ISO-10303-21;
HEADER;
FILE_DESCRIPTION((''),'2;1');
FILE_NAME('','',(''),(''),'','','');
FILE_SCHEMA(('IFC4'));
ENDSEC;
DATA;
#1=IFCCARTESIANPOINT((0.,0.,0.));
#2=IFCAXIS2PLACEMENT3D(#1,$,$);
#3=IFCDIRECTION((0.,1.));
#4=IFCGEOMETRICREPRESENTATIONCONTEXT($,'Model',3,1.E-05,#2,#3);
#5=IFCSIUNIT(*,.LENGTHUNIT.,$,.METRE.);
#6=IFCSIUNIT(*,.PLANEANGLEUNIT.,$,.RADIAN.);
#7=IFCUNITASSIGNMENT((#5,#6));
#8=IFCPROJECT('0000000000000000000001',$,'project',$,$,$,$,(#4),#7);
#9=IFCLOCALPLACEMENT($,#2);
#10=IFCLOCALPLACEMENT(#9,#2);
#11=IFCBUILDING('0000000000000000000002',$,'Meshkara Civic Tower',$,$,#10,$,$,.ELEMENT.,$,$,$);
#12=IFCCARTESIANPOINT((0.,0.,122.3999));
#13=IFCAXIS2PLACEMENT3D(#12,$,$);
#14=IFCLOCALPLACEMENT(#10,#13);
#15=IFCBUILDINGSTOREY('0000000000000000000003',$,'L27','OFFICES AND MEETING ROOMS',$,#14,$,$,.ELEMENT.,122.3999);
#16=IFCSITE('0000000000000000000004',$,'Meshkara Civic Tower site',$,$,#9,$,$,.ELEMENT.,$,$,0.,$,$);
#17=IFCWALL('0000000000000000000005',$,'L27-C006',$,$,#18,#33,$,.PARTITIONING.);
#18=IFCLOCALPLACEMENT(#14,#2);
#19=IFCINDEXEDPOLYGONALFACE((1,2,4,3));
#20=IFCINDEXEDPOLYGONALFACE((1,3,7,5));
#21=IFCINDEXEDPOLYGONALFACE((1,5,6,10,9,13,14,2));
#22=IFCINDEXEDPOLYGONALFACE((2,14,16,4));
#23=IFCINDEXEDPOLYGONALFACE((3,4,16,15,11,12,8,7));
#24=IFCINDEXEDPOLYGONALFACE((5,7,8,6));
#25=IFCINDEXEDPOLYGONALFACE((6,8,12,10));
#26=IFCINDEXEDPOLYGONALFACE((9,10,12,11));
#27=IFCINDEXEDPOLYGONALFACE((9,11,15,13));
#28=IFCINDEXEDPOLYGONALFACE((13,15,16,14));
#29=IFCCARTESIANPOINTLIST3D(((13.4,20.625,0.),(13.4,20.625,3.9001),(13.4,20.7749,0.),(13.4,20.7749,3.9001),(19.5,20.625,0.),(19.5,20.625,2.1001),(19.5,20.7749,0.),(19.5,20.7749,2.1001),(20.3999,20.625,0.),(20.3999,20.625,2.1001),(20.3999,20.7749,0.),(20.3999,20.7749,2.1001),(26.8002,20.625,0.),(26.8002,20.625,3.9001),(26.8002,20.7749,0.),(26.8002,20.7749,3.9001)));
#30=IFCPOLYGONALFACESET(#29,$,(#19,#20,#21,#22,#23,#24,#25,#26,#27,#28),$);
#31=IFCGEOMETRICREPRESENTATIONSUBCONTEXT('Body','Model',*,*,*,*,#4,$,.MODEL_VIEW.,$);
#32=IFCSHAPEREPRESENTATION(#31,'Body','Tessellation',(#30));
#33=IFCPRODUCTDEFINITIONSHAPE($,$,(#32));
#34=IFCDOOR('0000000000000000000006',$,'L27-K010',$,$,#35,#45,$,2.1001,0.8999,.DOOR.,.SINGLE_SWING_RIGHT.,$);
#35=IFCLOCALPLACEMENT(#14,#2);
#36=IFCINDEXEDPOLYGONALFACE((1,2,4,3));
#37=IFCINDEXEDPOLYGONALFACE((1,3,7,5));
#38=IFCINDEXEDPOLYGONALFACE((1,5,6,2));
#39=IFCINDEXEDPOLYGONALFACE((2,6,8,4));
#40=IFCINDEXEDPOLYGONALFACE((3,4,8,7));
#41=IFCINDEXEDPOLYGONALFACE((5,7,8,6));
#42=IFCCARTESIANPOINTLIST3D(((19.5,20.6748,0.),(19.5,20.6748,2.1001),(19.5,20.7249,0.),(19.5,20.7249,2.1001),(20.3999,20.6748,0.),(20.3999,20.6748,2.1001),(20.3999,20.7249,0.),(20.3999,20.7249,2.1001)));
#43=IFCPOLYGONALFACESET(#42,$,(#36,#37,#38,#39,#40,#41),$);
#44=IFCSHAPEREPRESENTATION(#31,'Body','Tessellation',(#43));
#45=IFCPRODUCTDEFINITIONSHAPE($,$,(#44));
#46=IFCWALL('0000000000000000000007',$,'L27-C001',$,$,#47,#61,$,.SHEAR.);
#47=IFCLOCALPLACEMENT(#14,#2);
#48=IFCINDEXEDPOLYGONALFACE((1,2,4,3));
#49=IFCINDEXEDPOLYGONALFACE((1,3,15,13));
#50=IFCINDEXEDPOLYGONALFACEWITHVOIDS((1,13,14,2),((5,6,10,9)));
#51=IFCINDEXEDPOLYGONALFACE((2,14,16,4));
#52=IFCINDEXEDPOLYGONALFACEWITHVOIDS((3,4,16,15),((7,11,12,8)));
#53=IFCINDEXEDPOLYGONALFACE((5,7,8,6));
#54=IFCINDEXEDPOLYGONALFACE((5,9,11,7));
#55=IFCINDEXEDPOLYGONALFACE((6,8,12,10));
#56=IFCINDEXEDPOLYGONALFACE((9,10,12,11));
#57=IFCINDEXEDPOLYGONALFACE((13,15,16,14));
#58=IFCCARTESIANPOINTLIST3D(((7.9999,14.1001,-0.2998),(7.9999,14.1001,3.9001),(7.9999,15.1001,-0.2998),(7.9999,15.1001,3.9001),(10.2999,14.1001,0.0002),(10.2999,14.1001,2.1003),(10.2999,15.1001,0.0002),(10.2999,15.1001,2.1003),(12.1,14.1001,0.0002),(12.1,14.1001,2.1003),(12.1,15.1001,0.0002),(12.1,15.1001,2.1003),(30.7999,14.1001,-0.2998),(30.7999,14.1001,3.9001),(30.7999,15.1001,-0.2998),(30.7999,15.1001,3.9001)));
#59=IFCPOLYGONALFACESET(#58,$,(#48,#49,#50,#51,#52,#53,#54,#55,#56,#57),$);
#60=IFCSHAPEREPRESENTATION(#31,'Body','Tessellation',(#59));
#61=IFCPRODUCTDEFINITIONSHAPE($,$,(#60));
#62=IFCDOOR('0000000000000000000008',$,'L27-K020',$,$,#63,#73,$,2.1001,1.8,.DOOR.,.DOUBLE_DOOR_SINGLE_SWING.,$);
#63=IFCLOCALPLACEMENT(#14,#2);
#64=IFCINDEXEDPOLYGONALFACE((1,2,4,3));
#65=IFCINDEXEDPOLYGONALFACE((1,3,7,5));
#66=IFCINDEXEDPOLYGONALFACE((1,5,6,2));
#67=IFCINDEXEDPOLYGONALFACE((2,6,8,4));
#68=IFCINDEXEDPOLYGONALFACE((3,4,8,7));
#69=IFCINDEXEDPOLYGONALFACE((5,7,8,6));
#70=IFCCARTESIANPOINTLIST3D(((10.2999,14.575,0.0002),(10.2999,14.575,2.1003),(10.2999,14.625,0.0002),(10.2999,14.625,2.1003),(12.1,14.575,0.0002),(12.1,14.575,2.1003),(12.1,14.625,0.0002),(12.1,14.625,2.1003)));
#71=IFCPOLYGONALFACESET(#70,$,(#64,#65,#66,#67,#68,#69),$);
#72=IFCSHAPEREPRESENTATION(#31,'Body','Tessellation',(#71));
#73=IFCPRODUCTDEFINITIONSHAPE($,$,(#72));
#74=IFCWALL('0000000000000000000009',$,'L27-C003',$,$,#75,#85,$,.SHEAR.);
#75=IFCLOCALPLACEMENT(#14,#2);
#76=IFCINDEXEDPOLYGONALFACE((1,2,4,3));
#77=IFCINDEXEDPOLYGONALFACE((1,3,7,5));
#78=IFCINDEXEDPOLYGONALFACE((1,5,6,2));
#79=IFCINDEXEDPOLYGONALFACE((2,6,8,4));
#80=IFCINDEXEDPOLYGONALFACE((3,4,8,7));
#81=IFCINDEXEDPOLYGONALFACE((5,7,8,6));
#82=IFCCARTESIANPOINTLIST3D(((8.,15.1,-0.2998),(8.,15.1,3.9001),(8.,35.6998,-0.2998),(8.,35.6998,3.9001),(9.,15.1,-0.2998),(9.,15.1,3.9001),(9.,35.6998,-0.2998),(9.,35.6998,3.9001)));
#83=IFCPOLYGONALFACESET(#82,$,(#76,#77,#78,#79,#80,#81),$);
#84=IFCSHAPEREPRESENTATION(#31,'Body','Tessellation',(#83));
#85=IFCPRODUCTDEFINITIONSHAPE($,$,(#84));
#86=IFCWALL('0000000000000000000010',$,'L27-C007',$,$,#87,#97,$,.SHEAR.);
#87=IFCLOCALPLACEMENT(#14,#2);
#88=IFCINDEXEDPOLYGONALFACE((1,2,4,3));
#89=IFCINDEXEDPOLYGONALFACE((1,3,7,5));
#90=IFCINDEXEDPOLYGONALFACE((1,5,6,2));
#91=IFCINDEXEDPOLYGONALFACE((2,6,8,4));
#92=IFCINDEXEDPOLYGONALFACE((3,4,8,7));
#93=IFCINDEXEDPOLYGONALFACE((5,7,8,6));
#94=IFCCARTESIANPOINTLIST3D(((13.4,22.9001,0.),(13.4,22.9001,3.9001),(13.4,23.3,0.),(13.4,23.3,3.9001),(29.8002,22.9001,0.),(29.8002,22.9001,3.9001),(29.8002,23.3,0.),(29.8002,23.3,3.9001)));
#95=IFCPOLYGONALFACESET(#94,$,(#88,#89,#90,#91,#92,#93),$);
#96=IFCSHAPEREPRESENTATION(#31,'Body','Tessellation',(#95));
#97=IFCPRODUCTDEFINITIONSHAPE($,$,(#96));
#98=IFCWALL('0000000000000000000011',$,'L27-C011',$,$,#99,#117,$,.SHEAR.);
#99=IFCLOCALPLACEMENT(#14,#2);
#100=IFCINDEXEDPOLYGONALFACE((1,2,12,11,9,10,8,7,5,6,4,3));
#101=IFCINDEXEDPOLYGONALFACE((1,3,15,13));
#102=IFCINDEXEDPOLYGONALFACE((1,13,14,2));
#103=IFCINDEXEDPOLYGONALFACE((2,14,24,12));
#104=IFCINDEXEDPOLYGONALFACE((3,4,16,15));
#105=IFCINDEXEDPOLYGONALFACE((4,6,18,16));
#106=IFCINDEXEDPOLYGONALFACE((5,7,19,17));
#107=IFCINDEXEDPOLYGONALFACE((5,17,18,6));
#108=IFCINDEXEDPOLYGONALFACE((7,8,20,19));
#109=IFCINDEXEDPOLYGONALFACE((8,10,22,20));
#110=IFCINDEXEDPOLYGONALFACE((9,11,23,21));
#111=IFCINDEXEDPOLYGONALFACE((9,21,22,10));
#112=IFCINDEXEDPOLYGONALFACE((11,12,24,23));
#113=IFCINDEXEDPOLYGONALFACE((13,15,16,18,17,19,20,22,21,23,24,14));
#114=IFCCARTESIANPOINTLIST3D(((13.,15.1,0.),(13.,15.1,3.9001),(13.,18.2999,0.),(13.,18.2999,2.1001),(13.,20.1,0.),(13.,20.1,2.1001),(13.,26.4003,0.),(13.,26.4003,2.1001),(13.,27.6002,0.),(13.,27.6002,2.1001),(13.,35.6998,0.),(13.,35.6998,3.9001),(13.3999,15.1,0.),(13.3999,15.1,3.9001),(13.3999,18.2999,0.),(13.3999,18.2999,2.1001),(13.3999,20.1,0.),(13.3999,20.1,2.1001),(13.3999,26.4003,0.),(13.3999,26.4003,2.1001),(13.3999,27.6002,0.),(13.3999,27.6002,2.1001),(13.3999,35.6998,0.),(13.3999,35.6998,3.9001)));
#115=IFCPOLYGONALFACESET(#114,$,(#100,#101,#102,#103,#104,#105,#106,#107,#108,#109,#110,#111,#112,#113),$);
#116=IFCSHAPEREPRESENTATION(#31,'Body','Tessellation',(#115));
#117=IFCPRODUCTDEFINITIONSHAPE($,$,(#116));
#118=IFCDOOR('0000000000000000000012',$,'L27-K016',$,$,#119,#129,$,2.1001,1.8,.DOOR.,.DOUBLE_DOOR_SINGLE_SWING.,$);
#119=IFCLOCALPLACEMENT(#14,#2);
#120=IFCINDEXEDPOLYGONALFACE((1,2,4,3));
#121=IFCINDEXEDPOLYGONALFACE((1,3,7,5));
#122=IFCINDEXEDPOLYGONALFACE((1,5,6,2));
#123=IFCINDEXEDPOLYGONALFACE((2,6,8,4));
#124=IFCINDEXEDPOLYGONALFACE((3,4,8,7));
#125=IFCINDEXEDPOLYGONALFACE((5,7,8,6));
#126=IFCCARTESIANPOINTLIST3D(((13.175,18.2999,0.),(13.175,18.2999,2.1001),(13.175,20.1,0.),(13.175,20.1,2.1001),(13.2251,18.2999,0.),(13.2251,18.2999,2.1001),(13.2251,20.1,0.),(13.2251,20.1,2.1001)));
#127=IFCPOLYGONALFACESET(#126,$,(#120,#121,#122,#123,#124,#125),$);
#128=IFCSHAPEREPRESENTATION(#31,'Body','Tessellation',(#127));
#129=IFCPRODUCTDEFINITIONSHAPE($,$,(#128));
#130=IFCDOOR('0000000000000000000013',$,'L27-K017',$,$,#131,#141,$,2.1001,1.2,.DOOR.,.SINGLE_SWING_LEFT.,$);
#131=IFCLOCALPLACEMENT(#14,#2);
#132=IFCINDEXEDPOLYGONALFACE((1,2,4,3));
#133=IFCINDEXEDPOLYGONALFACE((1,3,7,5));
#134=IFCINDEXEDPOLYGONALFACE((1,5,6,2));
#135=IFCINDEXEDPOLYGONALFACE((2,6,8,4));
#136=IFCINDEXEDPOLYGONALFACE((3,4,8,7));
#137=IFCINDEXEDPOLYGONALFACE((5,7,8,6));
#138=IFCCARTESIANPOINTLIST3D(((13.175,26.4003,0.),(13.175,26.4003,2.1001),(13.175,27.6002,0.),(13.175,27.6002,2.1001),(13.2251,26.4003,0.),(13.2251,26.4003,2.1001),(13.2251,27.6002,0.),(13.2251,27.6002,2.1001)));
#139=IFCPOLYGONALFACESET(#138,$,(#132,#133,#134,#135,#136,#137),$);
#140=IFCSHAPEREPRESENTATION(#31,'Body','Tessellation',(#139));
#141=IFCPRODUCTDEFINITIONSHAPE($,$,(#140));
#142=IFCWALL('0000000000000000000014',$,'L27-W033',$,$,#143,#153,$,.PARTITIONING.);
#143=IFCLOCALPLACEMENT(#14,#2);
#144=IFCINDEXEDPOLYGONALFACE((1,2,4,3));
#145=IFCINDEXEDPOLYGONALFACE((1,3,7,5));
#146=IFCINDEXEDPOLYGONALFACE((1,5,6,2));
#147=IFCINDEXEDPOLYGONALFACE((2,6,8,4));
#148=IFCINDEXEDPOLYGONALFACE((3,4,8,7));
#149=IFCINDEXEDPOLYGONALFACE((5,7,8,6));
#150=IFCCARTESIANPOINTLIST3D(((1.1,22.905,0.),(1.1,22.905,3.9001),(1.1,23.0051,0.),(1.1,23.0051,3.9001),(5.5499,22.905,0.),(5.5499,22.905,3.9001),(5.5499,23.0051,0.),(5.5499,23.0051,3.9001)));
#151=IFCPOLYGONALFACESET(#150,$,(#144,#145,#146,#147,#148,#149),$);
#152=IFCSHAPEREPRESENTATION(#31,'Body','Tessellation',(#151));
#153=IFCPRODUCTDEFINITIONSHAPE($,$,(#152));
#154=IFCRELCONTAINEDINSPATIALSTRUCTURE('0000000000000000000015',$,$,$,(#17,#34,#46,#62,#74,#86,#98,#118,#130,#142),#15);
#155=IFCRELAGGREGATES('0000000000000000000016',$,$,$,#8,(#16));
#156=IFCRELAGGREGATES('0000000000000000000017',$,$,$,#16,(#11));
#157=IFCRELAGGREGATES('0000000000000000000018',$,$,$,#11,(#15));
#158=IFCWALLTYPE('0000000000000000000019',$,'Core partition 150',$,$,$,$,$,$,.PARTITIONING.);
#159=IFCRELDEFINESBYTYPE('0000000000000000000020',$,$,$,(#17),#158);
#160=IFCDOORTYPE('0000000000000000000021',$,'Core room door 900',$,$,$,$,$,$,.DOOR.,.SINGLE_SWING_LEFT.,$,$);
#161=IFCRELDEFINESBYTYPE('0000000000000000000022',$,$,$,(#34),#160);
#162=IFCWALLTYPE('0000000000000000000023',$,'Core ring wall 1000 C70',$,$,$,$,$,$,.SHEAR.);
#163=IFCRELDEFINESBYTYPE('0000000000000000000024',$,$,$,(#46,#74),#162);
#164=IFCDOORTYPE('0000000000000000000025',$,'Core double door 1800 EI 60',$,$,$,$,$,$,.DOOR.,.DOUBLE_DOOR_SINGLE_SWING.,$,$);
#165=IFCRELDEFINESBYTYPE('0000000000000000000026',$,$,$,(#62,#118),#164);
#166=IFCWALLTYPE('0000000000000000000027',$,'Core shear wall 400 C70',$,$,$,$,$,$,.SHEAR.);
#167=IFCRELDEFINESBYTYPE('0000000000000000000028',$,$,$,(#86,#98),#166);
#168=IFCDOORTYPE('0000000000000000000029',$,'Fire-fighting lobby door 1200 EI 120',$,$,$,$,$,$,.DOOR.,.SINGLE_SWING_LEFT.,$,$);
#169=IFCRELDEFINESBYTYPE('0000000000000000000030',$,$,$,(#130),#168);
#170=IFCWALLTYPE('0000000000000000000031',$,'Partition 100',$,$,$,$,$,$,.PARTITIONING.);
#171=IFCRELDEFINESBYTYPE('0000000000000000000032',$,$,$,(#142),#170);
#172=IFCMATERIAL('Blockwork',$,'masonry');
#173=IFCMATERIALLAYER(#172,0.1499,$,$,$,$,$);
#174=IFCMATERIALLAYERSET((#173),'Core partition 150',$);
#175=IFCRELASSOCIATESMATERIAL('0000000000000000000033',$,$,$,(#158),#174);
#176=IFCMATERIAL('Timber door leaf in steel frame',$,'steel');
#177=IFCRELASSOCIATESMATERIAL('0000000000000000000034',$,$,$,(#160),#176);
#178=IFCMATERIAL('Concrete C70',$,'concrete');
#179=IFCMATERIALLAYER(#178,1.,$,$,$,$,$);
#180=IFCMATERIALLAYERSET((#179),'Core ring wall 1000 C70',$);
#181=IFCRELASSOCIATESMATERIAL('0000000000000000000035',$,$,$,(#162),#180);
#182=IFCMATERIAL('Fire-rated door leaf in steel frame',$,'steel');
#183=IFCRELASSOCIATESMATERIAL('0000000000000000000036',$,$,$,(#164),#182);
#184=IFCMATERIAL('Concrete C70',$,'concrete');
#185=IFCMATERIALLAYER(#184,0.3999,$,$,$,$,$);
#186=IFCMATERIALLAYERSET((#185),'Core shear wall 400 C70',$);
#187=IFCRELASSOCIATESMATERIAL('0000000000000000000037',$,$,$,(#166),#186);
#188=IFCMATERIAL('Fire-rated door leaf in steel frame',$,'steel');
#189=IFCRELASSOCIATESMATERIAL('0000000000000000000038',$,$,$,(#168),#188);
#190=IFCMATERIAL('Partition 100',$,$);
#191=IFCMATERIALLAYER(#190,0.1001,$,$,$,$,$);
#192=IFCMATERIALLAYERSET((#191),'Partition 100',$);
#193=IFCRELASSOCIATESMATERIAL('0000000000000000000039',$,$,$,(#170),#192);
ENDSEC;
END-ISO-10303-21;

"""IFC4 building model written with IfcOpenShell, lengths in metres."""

from ifc_helpers import new_model, si_unit, direction, frame, frame_2d, origin, place, context, subcontext, project, spatial, rectangle, extrude, material, layer, layer_set, type_object, element, fill, save


model = new_model("IFC4")

# Units and contexts
model_context = context("Model", 3, precision=1e-05, world=origin(), true_north=direction((0.0, 1.0)))
body_context = subcontext(model_context, "Body", "Model", "MODEL_VIEW")
ifc_project = project(units=[si_unit("LENGTHUNIT", "METRE"), si_unit("PLANEANGLEUNIT", "RADIAN")], contexts=[model_context])

# Site, building, storey
site_placement = place(None, origin())
site = spatial("IfcSite", under=ifc_project, at=site_placement, Name="Meshkara Civic Tower site", CompositionType="ELEMENT", RefElevation=0.0)
building_placement = place(site_placement, origin())
building = spatial("IfcBuilding", under=site, at=building_placement, Name="Meshkara Civic Tower", CompositionType="ELEMENT")
storey_placement = place(building_placement, frame((0.0, 0.0, 122.3999)))
storey = spatial("IfcBuildingStorey", under=building, at=storey_placement, Name="L27", Description="OFFICES AND MEETING ROOMS", CompositionType="ELEMENT", Elevation=122.3999)

# Walls, openings, doors
ifc_material_1 = material(Name="Blockwork", Category="masonry")
ifc_layer_1 = layer(ifc_material_1, 0.1499)
ifc_layer_set_1 = layer_set([ifc_layer_1], Name="Core partition 150")
wall_type_1 = type_object("IfcWallType", Name="Core partition 150", PredefinedType="PARTITIONING", material=ifc_layer_set_1)
wall_1_placement = place(storey_placement, frame((13.3999, 20.7, 0.0), z_axis=(0.0, 0.0, 1.0), x_axis=(1.0, 0.0, 0.0)))
wall_1 = element("IfcWall", 1, at=wall_1_placement, inside=storey, type_object=wall_type_1, Name="L27-C006", PredefinedType="PARTITIONING", context=body_context, shape_type="SweptSolid", body=[
    extrude(rectangle(XDim=13.4001, YDim=0.1499, at=frame_2d((6.7002, 0.0))), origin(), (0.0, 0.0, 1.0), 3.9001),
])
opening_1_placement = place(wall_1_placement, frame((6.1001, 0.0, 0.0)))
opening_1 = element("IfcOpeningElement", 2, at=opening_1_placement, cuts=wall_1, PredefinedType="OPENING", context=body_context, shape_type="SweptSolid", body=[
    extrude(rectangle(XDim=0.8999, YDim=2.1001, at=frame_2d((0.45, 1.05))), frame((0.0, 0.085, 0.0), z_axis=(0.0, -1.0, 0.0), x_axis=(1.0, 0.0, 0.0)), (0.0, 0.0, 1.0), 0.1699),
])
ifc_material_2 = material(Name="Timber door leaf in steel frame", Category="steel")
door_type_1 = type_object("IfcDoorType", Name="Core room door 900", OperationType="SINGLE_SWING_LEFT", PredefinedType="DOOR", material=ifc_material_2)
door_1_placement = place(opening_1_placement, origin())
door_1 = element("IfcDoor", 3, at=door_1_placement, inside=storey, type_object=door_type_1, Name="L27-K010", OperationType="SINGLE_SWING_RIGHT", OverallHeight=2.1001, OverallWidth=0.8999, PredefinedType="DOOR", context=body_context, shape_type="SweptSolid", body=[
    extrude(rectangle(XDim=0.8999, YDim=2.1001, at=frame_2d((0.45, 1.05))), frame((0.0, 0.0249, 0.0), z_axis=(0.0, -1.0, 0.0), x_axis=(1.0, 0.0, 0.0)), (0.0, 0.0, 1.0), 0.05),
])
fill(opening_1, door_1)
ifc_material_3 = material(Name="Concrete C70", Category="concrete")
ifc_layer_2 = layer(ifc_material_3, 1.0)
ifc_layer_set_2 = layer_set([ifc_layer_2], Name="Core ring wall 1000 C70")
wall_type_2 = type_object("IfcWallType", Name="Core ring wall 1000 C70", PredefinedType="SHEAR", material=ifc_layer_set_2)
wall_2_placement = place(storey_placement, frame((8.0, 14.6001, -0.2998), z_axis=(0.0, 0.0, 1.0), x_axis=(1.0, 0.0, 0.0)))
wall_2 = element("IfcWall", 4, at=wall_2_placement, inside=storey, type_object=wall_type_2, Name="L27-C001", PredefinedType="SHEAR", context=body_context, shape_type="SweptSolid", body=[
    extrude(rectangle(XDim=22.8, YDim=1.0, at=frame_2d((11.3999, 0.0))), origin(), (0.0, 0.0, 1.0), 4.2),
])
opening_2_placement = place(wall_2_placement, frame((2.3, 0.0, 0.3)))
opening_2 = element("IfcOpeningElement", 5, at=opening_2_placement, cuts=wall_2, PredefinedType="OPENING", context=body_context, shape_type="SweptSolid", body=[
    extrude(rectangle(XDim=1.8, YDim=2.1001, at=frame_2d((0.8999, 1.05))), frame((0.0, 0.51, 0.0), z_axis=(0.0, -1.0, 0.0), x_axis=(1.0, 0.0, 0.0)), (0.0, 0.0, 1.0), 1.02),
])
ifc_material_4 = material(Name="Fire-rated door leaf in steel frame", Category="steel")
door_type_2 = type_object("IfcDoorType", Name="Core double door 1800 EI 60", OperationType="DOUBLE_DOOR_SINGLE_SWING", PredefinedType="DOOR", material=ifc_material_4)
door_2_placement = place(opening_2_placement, origin())
door_2 = element("IfcDoor", 6, at=door_2_placement, inside=storey, type_object=door_type_2, Name="L27-K020", OperationType="DOUBLE_DOOR_SINGLE_SWING", OverallHeight=2.1001, OverallWidth=1.8, PredefinedType="DOOR", context=body_context, shape_type="SweptSolid", body=[
    extrude(rectangle(XDim=1.8, YDim=2.1001, at=frame_2d((0.8999, 1.05))), frame((0.0, 0.0249, 0.0), z_axis=(0.0, -1.0, 0.0), x_axis=(1.0, 0.0, 0.0)), (0.0, 0.0, 1.0), 0.05),
])
fill(opening_2, door_2)

# Walls
wall_3_placement = place(storey_placement, frame((8.5, 15.1001, -0.2998), z_axis=(0.0, 0.0, 1.0), x_axis=(0.0, 1.0, 0.0)))
element("IfcWall", 7, at=wall_3_placement, inside=storey, type_object=wall_type_2, Name="L27-C003", PredefinedType="SHEAR", context=body_context, shape_type="SweptSolid", body=[
    extrude(rectangle(XDim=20.5999, YDim=1.0, at=frame_2d((10.2998, 0.0))), origin(), (0.0, 0.0, 1.0), 4.2),
])
ifc_material_5 = material(Name="Concrete C70", Category="concrete")
ifc_layer_3 = layer(ifc_material_5, 0.3999)
ifc_layer_set_3 = layer_set([ifc_layer_3], Name="Core shear wall 400 C70")
wall_type_3 = type_object("IfcWallType", Name="Core shear wall 400 C70", PredefinedType="SHEAR", material=ifc_layer_set_3)
wall_4_placement = place(storey_placement, frame((13.3999, 23.1001, 0.0), z_axis=(0.0, 0.0, 1.0), x_axis=(1.0, 0.0, 0.0)))
element("IfcWall", 8, at=wall_4_placement, inside=storey, type_object=wall_type_3, Name="L27-C007", PredefinedType="SHEAR", context=body_context, shape_type="SweptSolid", body=[
    extrude(rectangle(XDim=16.4001, YDim=0.3999, at=frame_2d((8.2002, 0.0))), origin(), (0.0, 0.0, 1.0), 3.9001),
])

# Wall, openings, doors
wall_5_placement = place(storey_placement, frame((13.2, 15.1001, 0.0), z_axis=(0.0, 0.0, 1.0), x_axis=(0.0, 1.0, 0.0)))
wall_5 = element("IfcWall", 9, at=wall_5_placement, inside=storey, type_object=wall_type_3, Name="L27-C011", PredefinedType="SHEAR", context=body_context, shape_type="SweptSolid", body=[
    extrude(rectangle(XDim=20.5999, YDim=0.3999, at=frame_2d((10.2998, 0.0))), origin(), (0.0, 0.0, 1.0), 3.9001),
])
opening_3_placement = place(wall_5_placement, frame((3.2, 0.0, 0.0)))
opening_3 = element("IfcOpeningElement", 10, at=opening_3_placement, cuts=wall_5, PredefinedType="OPENING", context=body_context, shape_type="SweptSolid", body=[
    extrude(rectangle(XDim=1.8, YDim=2.1001, at=frame_2d((0.8999, 1.05))), frame((0.0, 0.21, 0.0), z_axis=(0.0, -1.0, 0.0), x_axis=(1.0, 0.0, 0.0)), (0.0, 0.0, 1.0), 0.4199),
])
opening_4_placement = place(wall_5_placement, frame((11.3, 0.0, 0.0)))
opening_4 = element("IfcOpeningElement", 11, at=opening_4_placement, cuts=wall_5, PredefinedType="OPENING", context=body_context, shape_type="SweptSolid", body=[
    extrude(rectangle(XDim=1.2, YDim=2.1001, at=frame_2d((0.6001, 1.05))), frame((0.0, 0.21, 0.0), z_axis=(0.0, -1.0, 0.0), x_axis=(1.0, 0.0, 0.0)), (0.0, 0.0, 1.0), 0.4199),
])
door_3_placement = place(opening_3_placement, origin())
door_3 = element("IfcDoor", 12, at=door_3_placement, inside=storey, type_object=door_type_2, Name="L27-K016", OperationType="DOUBLE_DOOR_SINGLE_SWING", OverallHeight=2.1001, OverallWidth=1.8, PredefinedType="DOOR", context=body_context, shape_type="SweptSolid", body=[
    extrude(rectangle(XDim=1.8, YDim=2.1001, at=frame_2d((0.8999, 1.05))), frame((0.0, 0.0249, 0.0), z_axis=(0.0, -1.0, 0.0), x_axis=(1.0, 0.0, 0.0)), (0.0, 0.0, 1.0), 0.05),
])
fill(opening_3, door_3)
ifc_material_6 = material(Name="Fire-rated door leaf in steel frame", Category="steel")
door_type_3 = type_object("IfcDoorType", Name="Fire-fighting lobby door 1200 EI 120", OperationType="SINGLE_SWING_LEFT", PredefinedType="DOOR", material=ifc_material_6)
door_4_placement = place(opening_4_placement, origin())
door_4 = element("IfcDoor", 13, at=door_4_placement, inside=storey, type_object=door_type_3, Name="L27-K017", OperationType="SINGLE_SWING_LEFT", OverallHeight=2.1001, OverallWidth=1.2, PredefinedType="DOOR", context=body_context, shape_type="SweptSolid", body=[
    extrude(rectangle(XDim=1.2, YDim=2.1001, at=frame_2d((0.6001, 1.05))), frame((0.0, 0.0249, 0.0), z_axis=(0.0, -1.0, 0.0), x_axis=(1.0, 0.0, 0.0)), (0.0, 0.0, 1.0), 0.05),
])
fill(opening_4, door_4)

# Wall
ifc_material_7 = material(Name="Partition 100")
ifc_layer_4 = layer(ifc_material_7, 0.1001)
ifc_layer_set_4 = layer_set([ifc_layer_4], Name="Partition 100")
wall_type_4 = type_object("IfcWallType", Name="Partition 100", PredefinedType="PARTITIONING", material=ifc_layer_set_4)
wall_6_placement = place(storey_placement, frame((5.55, 22.9551, 0.0), z_axis=(0.0, 0.0, 1.0), x_axis=(-1.0, 0.0, 0.0)))
element("IfcWall", 14, at=wall_6_placement, inside=storey, type_object=wall_type_4, Name="L27-W033", PredefinedType="PARTITIONING", context=body_context, shape_type="SweptSolid", body=[
    extrude(rectangle(XDim=4.45, YDim=0.1001, at=frame_2d((2.2251, 0.0))), origin(), (0.0, 0.0, 1.0), 3.9001),
])

save(model, "model.ifc")
